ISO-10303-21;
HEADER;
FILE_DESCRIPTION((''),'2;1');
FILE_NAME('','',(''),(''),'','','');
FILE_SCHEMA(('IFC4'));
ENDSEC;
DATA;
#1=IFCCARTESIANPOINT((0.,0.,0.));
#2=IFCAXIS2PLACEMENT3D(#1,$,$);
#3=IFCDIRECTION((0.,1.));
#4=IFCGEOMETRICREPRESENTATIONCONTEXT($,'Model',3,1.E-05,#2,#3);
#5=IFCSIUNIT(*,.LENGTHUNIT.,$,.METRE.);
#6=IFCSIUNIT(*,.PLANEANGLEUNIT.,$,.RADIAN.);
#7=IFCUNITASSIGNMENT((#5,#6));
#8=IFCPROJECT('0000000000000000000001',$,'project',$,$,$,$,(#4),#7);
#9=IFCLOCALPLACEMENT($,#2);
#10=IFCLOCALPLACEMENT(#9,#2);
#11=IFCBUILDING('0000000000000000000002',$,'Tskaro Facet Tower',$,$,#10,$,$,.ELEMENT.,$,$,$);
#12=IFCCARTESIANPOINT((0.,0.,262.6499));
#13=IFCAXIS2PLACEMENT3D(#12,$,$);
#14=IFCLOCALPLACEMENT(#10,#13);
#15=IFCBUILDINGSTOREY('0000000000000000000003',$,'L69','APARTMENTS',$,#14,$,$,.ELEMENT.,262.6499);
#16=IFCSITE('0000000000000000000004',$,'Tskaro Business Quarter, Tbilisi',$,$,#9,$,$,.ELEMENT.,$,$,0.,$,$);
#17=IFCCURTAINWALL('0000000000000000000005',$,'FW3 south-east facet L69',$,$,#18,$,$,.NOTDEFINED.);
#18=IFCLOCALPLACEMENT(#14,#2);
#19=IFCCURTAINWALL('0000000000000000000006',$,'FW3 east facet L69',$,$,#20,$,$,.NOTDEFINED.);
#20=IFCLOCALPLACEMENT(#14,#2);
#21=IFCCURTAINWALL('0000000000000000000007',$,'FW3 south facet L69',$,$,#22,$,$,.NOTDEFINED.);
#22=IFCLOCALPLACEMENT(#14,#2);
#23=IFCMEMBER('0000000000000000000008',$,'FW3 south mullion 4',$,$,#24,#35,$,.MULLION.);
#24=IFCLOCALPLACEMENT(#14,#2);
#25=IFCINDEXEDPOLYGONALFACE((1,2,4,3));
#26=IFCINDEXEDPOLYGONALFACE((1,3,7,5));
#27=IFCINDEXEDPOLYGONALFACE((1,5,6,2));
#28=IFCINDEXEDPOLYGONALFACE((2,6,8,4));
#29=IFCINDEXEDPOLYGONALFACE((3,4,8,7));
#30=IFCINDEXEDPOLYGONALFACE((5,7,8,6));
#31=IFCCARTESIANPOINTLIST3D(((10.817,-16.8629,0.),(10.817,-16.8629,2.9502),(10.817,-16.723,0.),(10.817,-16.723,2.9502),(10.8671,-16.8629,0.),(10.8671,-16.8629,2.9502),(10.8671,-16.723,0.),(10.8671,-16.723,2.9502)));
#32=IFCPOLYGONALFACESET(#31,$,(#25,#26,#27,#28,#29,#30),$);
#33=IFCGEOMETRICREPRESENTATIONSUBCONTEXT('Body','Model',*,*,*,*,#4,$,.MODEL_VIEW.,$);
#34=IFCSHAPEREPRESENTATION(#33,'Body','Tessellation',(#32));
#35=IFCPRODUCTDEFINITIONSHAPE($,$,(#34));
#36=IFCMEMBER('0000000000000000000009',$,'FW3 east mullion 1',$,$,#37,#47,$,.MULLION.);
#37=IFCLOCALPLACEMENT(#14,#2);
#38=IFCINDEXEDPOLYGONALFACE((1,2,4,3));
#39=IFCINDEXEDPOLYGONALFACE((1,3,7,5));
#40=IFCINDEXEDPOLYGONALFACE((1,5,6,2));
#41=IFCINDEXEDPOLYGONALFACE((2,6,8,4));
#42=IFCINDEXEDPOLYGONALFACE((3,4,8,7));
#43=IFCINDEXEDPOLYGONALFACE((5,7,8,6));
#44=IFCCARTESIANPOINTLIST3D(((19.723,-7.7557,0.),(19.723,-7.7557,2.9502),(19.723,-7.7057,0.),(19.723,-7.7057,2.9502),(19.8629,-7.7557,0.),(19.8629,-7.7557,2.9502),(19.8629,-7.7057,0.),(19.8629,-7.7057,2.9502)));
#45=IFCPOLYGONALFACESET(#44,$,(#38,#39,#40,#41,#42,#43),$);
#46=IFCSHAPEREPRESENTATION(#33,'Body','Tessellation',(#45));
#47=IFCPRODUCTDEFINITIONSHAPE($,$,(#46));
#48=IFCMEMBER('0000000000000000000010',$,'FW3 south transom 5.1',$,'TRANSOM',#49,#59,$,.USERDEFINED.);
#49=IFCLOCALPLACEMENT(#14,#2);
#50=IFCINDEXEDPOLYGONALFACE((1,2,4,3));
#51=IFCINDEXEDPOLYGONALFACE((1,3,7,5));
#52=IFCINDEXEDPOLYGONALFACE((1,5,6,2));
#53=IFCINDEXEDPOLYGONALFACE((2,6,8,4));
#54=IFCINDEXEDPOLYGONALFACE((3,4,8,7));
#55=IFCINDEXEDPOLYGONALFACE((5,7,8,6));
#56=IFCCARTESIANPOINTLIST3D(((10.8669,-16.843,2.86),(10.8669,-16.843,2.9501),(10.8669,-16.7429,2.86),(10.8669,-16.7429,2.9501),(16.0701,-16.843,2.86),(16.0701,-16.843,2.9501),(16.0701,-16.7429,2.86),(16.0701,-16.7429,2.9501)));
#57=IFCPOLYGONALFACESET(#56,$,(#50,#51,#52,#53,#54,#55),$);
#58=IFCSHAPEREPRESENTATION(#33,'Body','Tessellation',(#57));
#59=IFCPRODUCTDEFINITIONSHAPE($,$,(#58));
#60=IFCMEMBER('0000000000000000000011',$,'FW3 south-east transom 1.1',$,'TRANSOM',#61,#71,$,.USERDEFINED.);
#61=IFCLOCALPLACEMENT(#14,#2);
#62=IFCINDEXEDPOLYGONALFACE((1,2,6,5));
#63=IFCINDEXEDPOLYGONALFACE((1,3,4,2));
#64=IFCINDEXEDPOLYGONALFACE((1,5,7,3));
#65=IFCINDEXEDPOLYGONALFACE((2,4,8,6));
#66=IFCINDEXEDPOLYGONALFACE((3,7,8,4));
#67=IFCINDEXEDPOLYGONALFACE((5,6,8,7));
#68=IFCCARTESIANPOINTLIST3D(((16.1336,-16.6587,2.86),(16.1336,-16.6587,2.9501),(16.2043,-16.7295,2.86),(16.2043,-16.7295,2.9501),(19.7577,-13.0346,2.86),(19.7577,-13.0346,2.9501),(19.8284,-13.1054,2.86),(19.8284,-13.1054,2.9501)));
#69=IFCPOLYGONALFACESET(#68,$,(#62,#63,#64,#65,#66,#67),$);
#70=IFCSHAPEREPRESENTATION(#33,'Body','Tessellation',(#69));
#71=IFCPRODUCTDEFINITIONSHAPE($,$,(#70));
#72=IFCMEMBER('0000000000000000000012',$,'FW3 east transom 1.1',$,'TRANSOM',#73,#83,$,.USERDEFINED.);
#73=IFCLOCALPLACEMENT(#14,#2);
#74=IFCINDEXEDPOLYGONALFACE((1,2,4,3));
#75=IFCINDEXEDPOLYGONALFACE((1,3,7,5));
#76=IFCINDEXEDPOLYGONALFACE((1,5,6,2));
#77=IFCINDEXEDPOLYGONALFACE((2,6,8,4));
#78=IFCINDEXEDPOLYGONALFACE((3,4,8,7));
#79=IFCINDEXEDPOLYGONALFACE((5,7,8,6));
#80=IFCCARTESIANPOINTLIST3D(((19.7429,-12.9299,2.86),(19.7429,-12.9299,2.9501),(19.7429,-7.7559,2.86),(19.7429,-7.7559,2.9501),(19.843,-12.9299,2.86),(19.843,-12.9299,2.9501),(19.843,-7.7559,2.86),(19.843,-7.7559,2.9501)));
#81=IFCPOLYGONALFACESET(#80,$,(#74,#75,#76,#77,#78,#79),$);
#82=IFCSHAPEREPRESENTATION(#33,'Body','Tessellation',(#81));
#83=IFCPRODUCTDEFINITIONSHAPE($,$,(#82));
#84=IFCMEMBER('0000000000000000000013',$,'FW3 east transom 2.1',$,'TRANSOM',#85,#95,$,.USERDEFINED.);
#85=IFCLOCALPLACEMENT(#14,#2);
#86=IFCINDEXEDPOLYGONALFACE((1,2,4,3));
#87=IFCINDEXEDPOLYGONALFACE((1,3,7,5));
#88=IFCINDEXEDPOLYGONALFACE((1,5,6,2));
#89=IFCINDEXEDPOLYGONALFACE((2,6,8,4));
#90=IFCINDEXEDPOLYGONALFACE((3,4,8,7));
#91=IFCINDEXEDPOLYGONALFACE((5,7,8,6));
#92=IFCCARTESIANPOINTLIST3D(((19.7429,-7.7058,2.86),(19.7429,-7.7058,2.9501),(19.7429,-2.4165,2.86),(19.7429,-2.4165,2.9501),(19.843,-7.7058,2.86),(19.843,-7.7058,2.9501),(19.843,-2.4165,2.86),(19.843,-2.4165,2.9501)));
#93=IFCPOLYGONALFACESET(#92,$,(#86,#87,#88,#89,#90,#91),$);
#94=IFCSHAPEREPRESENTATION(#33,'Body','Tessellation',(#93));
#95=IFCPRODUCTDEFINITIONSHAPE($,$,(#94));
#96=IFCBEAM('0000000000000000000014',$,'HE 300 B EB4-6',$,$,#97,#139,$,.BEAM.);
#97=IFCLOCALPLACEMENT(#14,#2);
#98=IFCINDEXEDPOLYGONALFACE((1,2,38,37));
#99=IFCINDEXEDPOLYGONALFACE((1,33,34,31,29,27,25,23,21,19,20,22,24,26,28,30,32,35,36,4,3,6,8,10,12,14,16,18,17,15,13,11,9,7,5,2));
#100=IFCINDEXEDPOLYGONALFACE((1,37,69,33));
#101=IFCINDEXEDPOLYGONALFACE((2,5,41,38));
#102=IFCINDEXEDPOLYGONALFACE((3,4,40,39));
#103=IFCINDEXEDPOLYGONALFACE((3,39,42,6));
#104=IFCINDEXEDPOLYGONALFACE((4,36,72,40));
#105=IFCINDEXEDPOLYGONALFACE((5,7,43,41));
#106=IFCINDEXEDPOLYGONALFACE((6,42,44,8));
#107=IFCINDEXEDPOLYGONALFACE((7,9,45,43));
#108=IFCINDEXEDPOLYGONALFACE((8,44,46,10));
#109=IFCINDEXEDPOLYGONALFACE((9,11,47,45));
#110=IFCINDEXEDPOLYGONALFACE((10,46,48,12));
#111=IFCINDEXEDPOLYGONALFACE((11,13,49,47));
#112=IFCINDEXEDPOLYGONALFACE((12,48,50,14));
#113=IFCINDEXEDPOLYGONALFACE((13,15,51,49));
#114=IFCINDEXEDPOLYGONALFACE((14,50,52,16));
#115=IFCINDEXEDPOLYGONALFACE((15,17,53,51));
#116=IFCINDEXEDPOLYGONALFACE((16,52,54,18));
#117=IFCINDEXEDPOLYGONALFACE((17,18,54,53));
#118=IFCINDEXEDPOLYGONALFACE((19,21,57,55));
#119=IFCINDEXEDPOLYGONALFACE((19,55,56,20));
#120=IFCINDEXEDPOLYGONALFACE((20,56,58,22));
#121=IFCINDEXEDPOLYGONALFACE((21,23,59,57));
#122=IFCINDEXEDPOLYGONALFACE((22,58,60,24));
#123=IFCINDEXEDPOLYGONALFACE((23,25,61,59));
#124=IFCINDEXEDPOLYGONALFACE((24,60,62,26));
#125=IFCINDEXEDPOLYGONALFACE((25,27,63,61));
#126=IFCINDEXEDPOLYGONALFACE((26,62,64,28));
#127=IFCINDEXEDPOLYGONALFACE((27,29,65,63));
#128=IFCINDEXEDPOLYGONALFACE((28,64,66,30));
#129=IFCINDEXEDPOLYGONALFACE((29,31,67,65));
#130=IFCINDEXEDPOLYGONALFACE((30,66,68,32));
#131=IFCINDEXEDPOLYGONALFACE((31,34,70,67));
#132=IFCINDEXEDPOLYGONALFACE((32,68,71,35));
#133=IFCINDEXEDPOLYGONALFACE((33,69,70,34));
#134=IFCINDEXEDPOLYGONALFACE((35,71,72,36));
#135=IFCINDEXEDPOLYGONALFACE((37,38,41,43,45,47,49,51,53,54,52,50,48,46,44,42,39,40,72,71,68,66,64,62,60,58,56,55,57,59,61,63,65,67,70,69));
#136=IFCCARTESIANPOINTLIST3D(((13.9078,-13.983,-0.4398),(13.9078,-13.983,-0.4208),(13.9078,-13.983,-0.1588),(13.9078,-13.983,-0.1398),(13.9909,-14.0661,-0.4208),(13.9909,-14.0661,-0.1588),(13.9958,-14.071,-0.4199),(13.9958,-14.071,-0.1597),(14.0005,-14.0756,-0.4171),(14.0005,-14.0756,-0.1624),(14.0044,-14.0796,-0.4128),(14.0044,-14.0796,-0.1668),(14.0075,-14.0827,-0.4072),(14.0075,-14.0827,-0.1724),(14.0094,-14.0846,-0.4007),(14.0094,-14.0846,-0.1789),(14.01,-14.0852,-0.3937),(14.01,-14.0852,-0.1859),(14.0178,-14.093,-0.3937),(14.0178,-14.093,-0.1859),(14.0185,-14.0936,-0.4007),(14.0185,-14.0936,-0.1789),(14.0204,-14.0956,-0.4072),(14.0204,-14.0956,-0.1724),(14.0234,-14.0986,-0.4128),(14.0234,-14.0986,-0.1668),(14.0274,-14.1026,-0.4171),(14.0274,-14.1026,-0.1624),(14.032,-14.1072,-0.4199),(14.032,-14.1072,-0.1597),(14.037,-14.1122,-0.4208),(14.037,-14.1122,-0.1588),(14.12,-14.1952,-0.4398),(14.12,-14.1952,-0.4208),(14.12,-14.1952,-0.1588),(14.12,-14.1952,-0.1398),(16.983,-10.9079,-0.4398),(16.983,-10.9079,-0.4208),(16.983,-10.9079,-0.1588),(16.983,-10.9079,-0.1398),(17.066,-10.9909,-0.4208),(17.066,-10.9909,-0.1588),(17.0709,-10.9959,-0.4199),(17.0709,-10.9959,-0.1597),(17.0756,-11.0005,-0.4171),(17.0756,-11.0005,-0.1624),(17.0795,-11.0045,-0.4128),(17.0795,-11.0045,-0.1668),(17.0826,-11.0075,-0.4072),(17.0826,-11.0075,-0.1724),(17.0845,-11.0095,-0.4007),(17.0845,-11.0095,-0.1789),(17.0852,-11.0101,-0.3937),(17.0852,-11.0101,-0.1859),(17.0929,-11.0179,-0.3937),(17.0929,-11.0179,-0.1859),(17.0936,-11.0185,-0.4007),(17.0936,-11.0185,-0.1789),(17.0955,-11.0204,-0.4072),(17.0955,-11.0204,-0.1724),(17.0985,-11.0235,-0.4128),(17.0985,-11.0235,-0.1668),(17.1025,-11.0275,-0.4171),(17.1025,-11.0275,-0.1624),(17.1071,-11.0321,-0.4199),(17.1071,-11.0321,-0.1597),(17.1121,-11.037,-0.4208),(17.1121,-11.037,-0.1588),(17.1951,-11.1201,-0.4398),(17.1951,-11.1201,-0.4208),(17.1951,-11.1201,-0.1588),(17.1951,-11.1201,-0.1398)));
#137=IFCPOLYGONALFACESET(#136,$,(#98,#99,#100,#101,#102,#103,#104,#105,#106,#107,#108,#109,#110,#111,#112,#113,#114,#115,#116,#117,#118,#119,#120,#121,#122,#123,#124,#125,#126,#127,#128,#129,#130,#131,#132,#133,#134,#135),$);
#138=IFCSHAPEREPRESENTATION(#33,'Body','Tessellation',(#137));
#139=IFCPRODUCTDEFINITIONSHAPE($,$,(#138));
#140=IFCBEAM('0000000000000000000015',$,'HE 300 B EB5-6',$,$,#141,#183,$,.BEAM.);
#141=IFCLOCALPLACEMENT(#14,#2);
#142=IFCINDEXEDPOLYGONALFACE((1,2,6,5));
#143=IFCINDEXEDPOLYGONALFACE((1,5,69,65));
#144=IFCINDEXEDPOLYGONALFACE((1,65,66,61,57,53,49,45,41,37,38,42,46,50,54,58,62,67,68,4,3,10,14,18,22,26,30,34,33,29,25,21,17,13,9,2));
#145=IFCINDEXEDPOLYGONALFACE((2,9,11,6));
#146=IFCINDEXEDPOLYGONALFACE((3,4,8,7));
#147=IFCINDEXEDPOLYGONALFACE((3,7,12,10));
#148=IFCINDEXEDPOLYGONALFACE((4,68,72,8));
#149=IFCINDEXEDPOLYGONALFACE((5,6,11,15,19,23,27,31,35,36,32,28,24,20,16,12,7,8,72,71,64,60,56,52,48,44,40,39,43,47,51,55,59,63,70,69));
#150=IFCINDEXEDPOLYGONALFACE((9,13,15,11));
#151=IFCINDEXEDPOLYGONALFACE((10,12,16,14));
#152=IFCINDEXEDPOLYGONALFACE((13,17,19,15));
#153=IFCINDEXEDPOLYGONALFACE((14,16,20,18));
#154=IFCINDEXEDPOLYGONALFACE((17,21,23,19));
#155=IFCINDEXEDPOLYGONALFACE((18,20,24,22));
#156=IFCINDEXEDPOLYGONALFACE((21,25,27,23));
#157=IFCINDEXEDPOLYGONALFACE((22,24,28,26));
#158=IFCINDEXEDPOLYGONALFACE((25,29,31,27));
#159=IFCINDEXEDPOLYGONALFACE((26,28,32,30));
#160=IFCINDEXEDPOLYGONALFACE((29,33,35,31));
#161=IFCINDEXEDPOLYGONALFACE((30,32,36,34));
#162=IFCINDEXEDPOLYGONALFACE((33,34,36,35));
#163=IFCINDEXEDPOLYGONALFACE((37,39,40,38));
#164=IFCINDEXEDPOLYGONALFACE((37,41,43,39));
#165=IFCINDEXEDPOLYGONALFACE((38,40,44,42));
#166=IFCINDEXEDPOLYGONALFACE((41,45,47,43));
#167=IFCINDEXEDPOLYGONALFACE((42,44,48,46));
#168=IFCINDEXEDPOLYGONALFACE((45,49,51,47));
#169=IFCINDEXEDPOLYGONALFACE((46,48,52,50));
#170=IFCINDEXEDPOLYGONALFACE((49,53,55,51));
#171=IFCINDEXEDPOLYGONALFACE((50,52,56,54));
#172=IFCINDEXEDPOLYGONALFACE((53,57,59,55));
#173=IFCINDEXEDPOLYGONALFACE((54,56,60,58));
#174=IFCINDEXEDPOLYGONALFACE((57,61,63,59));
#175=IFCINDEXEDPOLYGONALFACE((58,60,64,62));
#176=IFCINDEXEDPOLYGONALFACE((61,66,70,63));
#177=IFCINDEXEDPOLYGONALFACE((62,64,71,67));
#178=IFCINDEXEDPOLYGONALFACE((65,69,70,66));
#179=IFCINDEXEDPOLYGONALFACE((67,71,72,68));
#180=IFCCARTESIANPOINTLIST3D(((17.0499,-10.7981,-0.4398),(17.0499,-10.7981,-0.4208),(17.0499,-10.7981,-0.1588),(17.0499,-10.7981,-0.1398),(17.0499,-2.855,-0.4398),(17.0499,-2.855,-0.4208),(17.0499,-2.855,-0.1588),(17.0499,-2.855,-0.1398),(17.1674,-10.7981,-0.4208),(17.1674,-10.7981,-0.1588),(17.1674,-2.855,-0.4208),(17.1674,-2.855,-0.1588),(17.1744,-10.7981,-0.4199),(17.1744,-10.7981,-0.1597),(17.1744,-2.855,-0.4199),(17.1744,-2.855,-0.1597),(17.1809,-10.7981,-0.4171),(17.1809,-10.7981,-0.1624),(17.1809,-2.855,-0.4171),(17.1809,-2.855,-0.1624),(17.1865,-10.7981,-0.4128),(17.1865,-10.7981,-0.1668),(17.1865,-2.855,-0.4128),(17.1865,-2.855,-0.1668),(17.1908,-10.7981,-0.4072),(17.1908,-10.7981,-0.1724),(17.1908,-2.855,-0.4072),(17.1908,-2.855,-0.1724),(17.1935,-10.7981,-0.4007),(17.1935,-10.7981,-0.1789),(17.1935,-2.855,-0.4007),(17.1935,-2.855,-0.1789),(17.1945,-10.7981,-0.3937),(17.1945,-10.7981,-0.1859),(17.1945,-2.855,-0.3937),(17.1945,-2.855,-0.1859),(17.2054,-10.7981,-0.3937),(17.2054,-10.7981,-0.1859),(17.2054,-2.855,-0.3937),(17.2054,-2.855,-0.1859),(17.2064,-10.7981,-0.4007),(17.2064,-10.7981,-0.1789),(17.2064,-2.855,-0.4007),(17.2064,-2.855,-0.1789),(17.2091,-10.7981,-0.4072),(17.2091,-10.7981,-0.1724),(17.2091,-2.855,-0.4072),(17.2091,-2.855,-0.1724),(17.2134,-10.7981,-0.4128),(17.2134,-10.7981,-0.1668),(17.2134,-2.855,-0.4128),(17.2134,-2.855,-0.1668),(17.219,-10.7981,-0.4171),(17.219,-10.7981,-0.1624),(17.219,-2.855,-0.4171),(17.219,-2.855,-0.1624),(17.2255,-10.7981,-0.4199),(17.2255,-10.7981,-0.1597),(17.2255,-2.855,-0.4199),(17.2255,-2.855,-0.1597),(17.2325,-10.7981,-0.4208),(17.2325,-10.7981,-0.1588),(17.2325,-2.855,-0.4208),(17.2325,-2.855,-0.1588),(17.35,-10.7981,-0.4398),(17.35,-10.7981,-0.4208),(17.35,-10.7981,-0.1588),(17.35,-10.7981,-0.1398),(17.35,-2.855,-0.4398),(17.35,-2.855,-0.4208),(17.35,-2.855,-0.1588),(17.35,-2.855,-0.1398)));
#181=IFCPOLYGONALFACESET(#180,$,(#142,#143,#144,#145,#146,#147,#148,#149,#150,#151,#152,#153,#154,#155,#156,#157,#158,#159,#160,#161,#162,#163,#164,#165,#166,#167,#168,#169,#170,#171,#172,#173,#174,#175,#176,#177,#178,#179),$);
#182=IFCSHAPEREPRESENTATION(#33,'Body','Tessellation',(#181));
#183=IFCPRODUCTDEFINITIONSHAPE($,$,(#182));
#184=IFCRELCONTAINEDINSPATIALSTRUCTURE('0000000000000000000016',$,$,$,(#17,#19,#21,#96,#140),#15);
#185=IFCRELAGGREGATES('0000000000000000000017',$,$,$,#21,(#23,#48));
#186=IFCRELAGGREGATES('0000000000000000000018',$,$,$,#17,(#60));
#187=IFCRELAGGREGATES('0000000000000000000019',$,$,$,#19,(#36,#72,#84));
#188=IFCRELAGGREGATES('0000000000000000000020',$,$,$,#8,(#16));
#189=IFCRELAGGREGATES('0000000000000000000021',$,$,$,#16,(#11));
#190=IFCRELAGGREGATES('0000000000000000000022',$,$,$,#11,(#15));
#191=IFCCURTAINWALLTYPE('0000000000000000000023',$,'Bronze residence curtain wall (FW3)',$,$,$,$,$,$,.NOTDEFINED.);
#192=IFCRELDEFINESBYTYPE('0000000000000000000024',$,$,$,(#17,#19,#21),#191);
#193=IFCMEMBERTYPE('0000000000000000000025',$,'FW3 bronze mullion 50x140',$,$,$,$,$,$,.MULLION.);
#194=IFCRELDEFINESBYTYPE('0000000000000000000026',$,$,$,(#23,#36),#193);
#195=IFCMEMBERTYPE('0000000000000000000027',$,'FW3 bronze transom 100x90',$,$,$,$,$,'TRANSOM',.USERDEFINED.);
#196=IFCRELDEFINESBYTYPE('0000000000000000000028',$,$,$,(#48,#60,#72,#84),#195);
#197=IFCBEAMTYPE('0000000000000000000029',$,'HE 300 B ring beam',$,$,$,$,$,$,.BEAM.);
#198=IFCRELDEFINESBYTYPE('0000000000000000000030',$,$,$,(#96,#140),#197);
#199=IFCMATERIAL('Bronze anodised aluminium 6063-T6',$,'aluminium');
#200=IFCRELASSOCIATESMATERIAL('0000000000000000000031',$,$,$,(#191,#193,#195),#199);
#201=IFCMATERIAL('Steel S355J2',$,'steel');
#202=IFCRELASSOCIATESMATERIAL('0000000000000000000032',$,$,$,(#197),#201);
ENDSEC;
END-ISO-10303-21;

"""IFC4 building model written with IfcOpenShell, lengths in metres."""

from ifc_helpers import new_model, si_unit, direction, frame, origin, origin_2d, place, context, subcontext, project, spatial, rectangle, i_section, extrude, material, material_profile, profile_set, type_object, element, aggregate, save


model = new_model("IFC4")

# Units and contexts
model_context = context("Model", 3, precision=1e-05, world=origin(), true_north=direction((0.0, 1.0)))
body_context = subcontext(model_context, "Body", "Model", "MODEL_VIEW")
ifc_project = project(units=[si_unit("LENGTHUNIT", "METRE"), si_unit("PLANEANGLEUNIT", "RADIAN")], contexts=[model_context])

# Site, building, storey
site_placement = place(None, origin())
site = spatial("IfcSite", under=ifc_project, at=site_placement, Name="Tskaro Business Quarter, Tbilisi", CompositionType="ELEMENT", RefElevation=0.0)
building_placement = place(site_placement, origin())
building = spatial("IfcBuilding", under=site, at=building_placement, Name="Tskaro Facet Tower", CompositionType="ELEMENT")
storey_placement = place(building_placement, frame((0.0, 0.0, 262.6499)))
storey = spatial("IfcBuildingStorey", under=building, at=storey_placement, Name="L69", Description="APARTMENTS", CompositionType="ELEMENT", Elevation=262.6499)

# Shared definitions
ifc_material_1 = material(Name="Steel S355J2", Category="steel")

# Curtain walls, member
ifc_material_2 = material(Name="Bronze anodised aluminium 6063-T6", Category="aluminium")
curtain_wall_type = type_object("IfcCurtainWallType", Name="Bronze residence curtain wall (FW3)", PredefinedType="NOTDEFINED", material=ifc_material_2)
curtain_wall_1_placement = place(storey_placement, origin())
curtain_wall_1 = element("IfcCurtainWall", 1, at=curtain_wall_1_placement, inside=storey, type_object=curtain_wall_type, Name="FW3 south-east facet L69", PredefinedType="NOTDEFINED")
curtain_wall_2_placement = place(storey_placement, origin())
curtain_wall_2 = element("IfcCurtainWall", 2, at=curtain_wall_2_placement, inside=storey, type_object=curtain_wall_type, Name="FW3 east facet L69", PredefinedType="NOTDEFINED")
curtain_wall_3_placement = place(storey_placement, origin())
curtain_wall_3 = element("IfcCurtainWall", 3, at=curtain_wall_3_placement, inside=storey, type_object=curtain_wall_type, Name="FW3 south facet L69", PredefinedType="NOTDEFINED")
ifc_material_profile_1 = material_profile(ifc_material_2, rectangle(XDim=0.05, YDim=0.1399, at=origin_2d()), Name="Mullion 50x140")
ifc_profile_set_1 = profile_set([ifc_material_profile_1], Name="Bronze anodised aluminium 6063-T6")
member_type_1 = type_object("IfcMemberType", Name="FW3 bronze mullion 50x140", PredefinedType="MULLION", material=ifc_profile_set_1)
member_1_placement = place(storey_placement, frame((10.842, -16.793, 0.0), z_axis=(0.0, 0.0, 1.0), x_axis=(1.0, 0.0, 0.0)))
member_1 = element("IfcMember", 4, at=member_1_placement, type_object=member_type_1, Name="FW3 south mullion 4", PredefinedType="MULLION", context=body_context, shape_type="SweptSolid", body=[
    extrude(rectangle(XDim=0.05, YDim=0.1399, at=origin_2d()), origin(), (0.0, 0.0, 1.0), 2.9502),
])

# Members
member_2_placement = place(storey_placement, frame((19.793, -7.7307, 0.0), z_axis=(0.0, 0.0, 1.0), x_axis=(0.0, 1.0, 0.0)))
member_2 = element("IfcMember", 5, at=member_2_placement, type_object=member_type_1, Name="FW3 east mullion 1", PredefinedType="MULLION", context=body_context, shape_type="SweptSolid", body=[
    extrude(rectangle(XDim=0.05, YDim=0.1399, at=origin_2d()), origin(), (0.0, 0.0, 1.0), 2.9502),
])
ifc_material_profile_2 = material_profile(ifc_material_2, rectangle(XDim=0.1001, YDim=0.0901, at=origin_2d()), Name="Transom 100x90")
ifc_profile_set_2 = profile_set([ifc_material_profile_2], Name="Bronze anodised aluminium 6063-T6")
member_type_2 = type_object("IfcMemberType", Name="FW3 bronze transom 100x90", ElementType="TRANSOM", PredefinedType="USERDEFINED", material=ifc_profile_set_2)
member_3_placement = place(storey_placement, frame((10.8669, -16.793, 2.905), z_axis=(1.0, 0.0, 0.0), x_axis=(0.0, 1.0, 0.0)))
member_3 = element("IfcMember", 6, at=member_3_placement, type_object=member_type_2, Name="FW3 south transom 5.1", ObjectType="TRANSOM", PredefinedType="USERDEFINED", context=body_context, shape_type="SweptSolid", body=[
    extrude(rectangle(XDim=0.1001, YDim=0.0901, at=origin_2d()), origin(), (0.0, 0.0, 1.0), 5.2031),
])
member_4_placement = place(storey_placement, frame((16.1689, -16.6941, 2.905), z_axis=(0.707107, 0.707107, 0.0), x_axis=(-0.707107, 0.707107, 0.0)))
member_4 = element("IfcMember", 7, at=member_4_placement, type_object=member_type_2, Name="FW3 south-east transom 1.1", ObjectType="TRANSOM", PredefinedType="USERDEFINED", context=body_context, shape_type="SweptSolid", body=[
    extrude(rectangle(XDim=0.1001, YDim=0.0901, at=origin_2d()), origin(), (0.0, 0.0, 1.0), 5.1252),
])
member_5_placement = place(storey_placement, frame((19.793, -12.9299, 2.905), z_axis=(0.0, 1.0, 0.0), x_axis=(-1.0, 0.0, 0.0)))
member_5 = element("IfcMember", 8, at=member_5_placement, type_object=member_type_2, Name="FW3 east transom 1.1", ObjectType="TRANSOM", PredefinedType="USERDEFINED", context=body_context, shape_type="SweptSolid", body=[
    extrude(rectangle(XDim=0.1001, YDim=0.0901, at=origin_2d()), origin(), (0.0, 0.0, 1.0), 5.1741),
])
member_6_placement = place(storey_placement, frame((19.793, -7.7058, 2.905), z_axis=(0.0, 1.0, 0.0), x_axis=(-1.0, 0.0, 0.0)))
member_6 = element("IfcMember", 9, at=member_6_placement, type_object=member_type_2, Name="FW3 east transom 2.1", ObjectType="TRANSOM", PredefinedType="USERDEFINED", context=body_context, shape_type="SweptSolid", body=[
    extrude(rectangle(XDim=0.1001, YDim=0.0901, at=origin_2d()), origin(), (0.0, 0.0, 1.0), 5.2893),
])

# Beams
ifc_material_profile_3 = material_profile(ifc_material_1, i_section(OverallWidth=0.3, OverallDepth=0.3, WebThickness=0.011, FlangeThickness=0.019, FilletRadius=0.0271, at=origin_2d()), Name="HE 300 B")
ifc_profile_set_3 = profile_set([ifc_material_profile_3], Name="Steel S355J2")
beam_type_1 = type_object("IfcBeamType", Name="HE 300 B ring beam", PredefinedType="BEAM", material=ifc_profile_set_3)
beam_1_placement = place(storey_placement, frame((14.0139, -14.0891, -0.2898), z_axis=(0.707107, 0.707107, 0.0), x_axis=(-0.707107, 0.707107, 0.0)))
element("IfcBeam", 10, at=beam_1_placement, inside=storey, type_object=beam_type_1, Name="HE 300 B EB4-6", PredefinedType="BEAM", context=body_context, shape_type="SweptSolid", body=[
    extrude(i_section(OverallWidth=0.3, OverallDepth=0.3, WebThickness=0.011, FlangeThickness=0.019, FilletRadius=0.0271, at=origin_2d()), origin(), (0.0, 0.0, 1.0), 4.3489),
])
beam_2_placement = place(storey_placement, frame((17.2, -10.7981, -0.2898), z_axis=(0.0, 1.0, 0.0), x_axis=(-1.0, 0.0, 0.0)))
element("IfcBeam", 11, at=beam_2_placement, inside=storey, type_object=beam_type_1, Name="HE 300 B EB5-6", PredefinedType="BEAM", context=body_context, shape_type="SweptSolid", body=[
    extrude(i_section(OverallWidth=0.3, OverallDepth=0.3, WebThickness=0.011, FlangeThickness=0.019, FilletRadius=0.0271, at=origin_2d()), origin(), (0.0, 0.0, 1.0), 7.9431),
])

aggregate(curtain_wall_3, [member_1, member_3])
aggregate(curtain_wall_1, [member_4])
aggregate(curtain_wall_2, [member_2, member_5, member_6])

save(model, "model.ifc")
